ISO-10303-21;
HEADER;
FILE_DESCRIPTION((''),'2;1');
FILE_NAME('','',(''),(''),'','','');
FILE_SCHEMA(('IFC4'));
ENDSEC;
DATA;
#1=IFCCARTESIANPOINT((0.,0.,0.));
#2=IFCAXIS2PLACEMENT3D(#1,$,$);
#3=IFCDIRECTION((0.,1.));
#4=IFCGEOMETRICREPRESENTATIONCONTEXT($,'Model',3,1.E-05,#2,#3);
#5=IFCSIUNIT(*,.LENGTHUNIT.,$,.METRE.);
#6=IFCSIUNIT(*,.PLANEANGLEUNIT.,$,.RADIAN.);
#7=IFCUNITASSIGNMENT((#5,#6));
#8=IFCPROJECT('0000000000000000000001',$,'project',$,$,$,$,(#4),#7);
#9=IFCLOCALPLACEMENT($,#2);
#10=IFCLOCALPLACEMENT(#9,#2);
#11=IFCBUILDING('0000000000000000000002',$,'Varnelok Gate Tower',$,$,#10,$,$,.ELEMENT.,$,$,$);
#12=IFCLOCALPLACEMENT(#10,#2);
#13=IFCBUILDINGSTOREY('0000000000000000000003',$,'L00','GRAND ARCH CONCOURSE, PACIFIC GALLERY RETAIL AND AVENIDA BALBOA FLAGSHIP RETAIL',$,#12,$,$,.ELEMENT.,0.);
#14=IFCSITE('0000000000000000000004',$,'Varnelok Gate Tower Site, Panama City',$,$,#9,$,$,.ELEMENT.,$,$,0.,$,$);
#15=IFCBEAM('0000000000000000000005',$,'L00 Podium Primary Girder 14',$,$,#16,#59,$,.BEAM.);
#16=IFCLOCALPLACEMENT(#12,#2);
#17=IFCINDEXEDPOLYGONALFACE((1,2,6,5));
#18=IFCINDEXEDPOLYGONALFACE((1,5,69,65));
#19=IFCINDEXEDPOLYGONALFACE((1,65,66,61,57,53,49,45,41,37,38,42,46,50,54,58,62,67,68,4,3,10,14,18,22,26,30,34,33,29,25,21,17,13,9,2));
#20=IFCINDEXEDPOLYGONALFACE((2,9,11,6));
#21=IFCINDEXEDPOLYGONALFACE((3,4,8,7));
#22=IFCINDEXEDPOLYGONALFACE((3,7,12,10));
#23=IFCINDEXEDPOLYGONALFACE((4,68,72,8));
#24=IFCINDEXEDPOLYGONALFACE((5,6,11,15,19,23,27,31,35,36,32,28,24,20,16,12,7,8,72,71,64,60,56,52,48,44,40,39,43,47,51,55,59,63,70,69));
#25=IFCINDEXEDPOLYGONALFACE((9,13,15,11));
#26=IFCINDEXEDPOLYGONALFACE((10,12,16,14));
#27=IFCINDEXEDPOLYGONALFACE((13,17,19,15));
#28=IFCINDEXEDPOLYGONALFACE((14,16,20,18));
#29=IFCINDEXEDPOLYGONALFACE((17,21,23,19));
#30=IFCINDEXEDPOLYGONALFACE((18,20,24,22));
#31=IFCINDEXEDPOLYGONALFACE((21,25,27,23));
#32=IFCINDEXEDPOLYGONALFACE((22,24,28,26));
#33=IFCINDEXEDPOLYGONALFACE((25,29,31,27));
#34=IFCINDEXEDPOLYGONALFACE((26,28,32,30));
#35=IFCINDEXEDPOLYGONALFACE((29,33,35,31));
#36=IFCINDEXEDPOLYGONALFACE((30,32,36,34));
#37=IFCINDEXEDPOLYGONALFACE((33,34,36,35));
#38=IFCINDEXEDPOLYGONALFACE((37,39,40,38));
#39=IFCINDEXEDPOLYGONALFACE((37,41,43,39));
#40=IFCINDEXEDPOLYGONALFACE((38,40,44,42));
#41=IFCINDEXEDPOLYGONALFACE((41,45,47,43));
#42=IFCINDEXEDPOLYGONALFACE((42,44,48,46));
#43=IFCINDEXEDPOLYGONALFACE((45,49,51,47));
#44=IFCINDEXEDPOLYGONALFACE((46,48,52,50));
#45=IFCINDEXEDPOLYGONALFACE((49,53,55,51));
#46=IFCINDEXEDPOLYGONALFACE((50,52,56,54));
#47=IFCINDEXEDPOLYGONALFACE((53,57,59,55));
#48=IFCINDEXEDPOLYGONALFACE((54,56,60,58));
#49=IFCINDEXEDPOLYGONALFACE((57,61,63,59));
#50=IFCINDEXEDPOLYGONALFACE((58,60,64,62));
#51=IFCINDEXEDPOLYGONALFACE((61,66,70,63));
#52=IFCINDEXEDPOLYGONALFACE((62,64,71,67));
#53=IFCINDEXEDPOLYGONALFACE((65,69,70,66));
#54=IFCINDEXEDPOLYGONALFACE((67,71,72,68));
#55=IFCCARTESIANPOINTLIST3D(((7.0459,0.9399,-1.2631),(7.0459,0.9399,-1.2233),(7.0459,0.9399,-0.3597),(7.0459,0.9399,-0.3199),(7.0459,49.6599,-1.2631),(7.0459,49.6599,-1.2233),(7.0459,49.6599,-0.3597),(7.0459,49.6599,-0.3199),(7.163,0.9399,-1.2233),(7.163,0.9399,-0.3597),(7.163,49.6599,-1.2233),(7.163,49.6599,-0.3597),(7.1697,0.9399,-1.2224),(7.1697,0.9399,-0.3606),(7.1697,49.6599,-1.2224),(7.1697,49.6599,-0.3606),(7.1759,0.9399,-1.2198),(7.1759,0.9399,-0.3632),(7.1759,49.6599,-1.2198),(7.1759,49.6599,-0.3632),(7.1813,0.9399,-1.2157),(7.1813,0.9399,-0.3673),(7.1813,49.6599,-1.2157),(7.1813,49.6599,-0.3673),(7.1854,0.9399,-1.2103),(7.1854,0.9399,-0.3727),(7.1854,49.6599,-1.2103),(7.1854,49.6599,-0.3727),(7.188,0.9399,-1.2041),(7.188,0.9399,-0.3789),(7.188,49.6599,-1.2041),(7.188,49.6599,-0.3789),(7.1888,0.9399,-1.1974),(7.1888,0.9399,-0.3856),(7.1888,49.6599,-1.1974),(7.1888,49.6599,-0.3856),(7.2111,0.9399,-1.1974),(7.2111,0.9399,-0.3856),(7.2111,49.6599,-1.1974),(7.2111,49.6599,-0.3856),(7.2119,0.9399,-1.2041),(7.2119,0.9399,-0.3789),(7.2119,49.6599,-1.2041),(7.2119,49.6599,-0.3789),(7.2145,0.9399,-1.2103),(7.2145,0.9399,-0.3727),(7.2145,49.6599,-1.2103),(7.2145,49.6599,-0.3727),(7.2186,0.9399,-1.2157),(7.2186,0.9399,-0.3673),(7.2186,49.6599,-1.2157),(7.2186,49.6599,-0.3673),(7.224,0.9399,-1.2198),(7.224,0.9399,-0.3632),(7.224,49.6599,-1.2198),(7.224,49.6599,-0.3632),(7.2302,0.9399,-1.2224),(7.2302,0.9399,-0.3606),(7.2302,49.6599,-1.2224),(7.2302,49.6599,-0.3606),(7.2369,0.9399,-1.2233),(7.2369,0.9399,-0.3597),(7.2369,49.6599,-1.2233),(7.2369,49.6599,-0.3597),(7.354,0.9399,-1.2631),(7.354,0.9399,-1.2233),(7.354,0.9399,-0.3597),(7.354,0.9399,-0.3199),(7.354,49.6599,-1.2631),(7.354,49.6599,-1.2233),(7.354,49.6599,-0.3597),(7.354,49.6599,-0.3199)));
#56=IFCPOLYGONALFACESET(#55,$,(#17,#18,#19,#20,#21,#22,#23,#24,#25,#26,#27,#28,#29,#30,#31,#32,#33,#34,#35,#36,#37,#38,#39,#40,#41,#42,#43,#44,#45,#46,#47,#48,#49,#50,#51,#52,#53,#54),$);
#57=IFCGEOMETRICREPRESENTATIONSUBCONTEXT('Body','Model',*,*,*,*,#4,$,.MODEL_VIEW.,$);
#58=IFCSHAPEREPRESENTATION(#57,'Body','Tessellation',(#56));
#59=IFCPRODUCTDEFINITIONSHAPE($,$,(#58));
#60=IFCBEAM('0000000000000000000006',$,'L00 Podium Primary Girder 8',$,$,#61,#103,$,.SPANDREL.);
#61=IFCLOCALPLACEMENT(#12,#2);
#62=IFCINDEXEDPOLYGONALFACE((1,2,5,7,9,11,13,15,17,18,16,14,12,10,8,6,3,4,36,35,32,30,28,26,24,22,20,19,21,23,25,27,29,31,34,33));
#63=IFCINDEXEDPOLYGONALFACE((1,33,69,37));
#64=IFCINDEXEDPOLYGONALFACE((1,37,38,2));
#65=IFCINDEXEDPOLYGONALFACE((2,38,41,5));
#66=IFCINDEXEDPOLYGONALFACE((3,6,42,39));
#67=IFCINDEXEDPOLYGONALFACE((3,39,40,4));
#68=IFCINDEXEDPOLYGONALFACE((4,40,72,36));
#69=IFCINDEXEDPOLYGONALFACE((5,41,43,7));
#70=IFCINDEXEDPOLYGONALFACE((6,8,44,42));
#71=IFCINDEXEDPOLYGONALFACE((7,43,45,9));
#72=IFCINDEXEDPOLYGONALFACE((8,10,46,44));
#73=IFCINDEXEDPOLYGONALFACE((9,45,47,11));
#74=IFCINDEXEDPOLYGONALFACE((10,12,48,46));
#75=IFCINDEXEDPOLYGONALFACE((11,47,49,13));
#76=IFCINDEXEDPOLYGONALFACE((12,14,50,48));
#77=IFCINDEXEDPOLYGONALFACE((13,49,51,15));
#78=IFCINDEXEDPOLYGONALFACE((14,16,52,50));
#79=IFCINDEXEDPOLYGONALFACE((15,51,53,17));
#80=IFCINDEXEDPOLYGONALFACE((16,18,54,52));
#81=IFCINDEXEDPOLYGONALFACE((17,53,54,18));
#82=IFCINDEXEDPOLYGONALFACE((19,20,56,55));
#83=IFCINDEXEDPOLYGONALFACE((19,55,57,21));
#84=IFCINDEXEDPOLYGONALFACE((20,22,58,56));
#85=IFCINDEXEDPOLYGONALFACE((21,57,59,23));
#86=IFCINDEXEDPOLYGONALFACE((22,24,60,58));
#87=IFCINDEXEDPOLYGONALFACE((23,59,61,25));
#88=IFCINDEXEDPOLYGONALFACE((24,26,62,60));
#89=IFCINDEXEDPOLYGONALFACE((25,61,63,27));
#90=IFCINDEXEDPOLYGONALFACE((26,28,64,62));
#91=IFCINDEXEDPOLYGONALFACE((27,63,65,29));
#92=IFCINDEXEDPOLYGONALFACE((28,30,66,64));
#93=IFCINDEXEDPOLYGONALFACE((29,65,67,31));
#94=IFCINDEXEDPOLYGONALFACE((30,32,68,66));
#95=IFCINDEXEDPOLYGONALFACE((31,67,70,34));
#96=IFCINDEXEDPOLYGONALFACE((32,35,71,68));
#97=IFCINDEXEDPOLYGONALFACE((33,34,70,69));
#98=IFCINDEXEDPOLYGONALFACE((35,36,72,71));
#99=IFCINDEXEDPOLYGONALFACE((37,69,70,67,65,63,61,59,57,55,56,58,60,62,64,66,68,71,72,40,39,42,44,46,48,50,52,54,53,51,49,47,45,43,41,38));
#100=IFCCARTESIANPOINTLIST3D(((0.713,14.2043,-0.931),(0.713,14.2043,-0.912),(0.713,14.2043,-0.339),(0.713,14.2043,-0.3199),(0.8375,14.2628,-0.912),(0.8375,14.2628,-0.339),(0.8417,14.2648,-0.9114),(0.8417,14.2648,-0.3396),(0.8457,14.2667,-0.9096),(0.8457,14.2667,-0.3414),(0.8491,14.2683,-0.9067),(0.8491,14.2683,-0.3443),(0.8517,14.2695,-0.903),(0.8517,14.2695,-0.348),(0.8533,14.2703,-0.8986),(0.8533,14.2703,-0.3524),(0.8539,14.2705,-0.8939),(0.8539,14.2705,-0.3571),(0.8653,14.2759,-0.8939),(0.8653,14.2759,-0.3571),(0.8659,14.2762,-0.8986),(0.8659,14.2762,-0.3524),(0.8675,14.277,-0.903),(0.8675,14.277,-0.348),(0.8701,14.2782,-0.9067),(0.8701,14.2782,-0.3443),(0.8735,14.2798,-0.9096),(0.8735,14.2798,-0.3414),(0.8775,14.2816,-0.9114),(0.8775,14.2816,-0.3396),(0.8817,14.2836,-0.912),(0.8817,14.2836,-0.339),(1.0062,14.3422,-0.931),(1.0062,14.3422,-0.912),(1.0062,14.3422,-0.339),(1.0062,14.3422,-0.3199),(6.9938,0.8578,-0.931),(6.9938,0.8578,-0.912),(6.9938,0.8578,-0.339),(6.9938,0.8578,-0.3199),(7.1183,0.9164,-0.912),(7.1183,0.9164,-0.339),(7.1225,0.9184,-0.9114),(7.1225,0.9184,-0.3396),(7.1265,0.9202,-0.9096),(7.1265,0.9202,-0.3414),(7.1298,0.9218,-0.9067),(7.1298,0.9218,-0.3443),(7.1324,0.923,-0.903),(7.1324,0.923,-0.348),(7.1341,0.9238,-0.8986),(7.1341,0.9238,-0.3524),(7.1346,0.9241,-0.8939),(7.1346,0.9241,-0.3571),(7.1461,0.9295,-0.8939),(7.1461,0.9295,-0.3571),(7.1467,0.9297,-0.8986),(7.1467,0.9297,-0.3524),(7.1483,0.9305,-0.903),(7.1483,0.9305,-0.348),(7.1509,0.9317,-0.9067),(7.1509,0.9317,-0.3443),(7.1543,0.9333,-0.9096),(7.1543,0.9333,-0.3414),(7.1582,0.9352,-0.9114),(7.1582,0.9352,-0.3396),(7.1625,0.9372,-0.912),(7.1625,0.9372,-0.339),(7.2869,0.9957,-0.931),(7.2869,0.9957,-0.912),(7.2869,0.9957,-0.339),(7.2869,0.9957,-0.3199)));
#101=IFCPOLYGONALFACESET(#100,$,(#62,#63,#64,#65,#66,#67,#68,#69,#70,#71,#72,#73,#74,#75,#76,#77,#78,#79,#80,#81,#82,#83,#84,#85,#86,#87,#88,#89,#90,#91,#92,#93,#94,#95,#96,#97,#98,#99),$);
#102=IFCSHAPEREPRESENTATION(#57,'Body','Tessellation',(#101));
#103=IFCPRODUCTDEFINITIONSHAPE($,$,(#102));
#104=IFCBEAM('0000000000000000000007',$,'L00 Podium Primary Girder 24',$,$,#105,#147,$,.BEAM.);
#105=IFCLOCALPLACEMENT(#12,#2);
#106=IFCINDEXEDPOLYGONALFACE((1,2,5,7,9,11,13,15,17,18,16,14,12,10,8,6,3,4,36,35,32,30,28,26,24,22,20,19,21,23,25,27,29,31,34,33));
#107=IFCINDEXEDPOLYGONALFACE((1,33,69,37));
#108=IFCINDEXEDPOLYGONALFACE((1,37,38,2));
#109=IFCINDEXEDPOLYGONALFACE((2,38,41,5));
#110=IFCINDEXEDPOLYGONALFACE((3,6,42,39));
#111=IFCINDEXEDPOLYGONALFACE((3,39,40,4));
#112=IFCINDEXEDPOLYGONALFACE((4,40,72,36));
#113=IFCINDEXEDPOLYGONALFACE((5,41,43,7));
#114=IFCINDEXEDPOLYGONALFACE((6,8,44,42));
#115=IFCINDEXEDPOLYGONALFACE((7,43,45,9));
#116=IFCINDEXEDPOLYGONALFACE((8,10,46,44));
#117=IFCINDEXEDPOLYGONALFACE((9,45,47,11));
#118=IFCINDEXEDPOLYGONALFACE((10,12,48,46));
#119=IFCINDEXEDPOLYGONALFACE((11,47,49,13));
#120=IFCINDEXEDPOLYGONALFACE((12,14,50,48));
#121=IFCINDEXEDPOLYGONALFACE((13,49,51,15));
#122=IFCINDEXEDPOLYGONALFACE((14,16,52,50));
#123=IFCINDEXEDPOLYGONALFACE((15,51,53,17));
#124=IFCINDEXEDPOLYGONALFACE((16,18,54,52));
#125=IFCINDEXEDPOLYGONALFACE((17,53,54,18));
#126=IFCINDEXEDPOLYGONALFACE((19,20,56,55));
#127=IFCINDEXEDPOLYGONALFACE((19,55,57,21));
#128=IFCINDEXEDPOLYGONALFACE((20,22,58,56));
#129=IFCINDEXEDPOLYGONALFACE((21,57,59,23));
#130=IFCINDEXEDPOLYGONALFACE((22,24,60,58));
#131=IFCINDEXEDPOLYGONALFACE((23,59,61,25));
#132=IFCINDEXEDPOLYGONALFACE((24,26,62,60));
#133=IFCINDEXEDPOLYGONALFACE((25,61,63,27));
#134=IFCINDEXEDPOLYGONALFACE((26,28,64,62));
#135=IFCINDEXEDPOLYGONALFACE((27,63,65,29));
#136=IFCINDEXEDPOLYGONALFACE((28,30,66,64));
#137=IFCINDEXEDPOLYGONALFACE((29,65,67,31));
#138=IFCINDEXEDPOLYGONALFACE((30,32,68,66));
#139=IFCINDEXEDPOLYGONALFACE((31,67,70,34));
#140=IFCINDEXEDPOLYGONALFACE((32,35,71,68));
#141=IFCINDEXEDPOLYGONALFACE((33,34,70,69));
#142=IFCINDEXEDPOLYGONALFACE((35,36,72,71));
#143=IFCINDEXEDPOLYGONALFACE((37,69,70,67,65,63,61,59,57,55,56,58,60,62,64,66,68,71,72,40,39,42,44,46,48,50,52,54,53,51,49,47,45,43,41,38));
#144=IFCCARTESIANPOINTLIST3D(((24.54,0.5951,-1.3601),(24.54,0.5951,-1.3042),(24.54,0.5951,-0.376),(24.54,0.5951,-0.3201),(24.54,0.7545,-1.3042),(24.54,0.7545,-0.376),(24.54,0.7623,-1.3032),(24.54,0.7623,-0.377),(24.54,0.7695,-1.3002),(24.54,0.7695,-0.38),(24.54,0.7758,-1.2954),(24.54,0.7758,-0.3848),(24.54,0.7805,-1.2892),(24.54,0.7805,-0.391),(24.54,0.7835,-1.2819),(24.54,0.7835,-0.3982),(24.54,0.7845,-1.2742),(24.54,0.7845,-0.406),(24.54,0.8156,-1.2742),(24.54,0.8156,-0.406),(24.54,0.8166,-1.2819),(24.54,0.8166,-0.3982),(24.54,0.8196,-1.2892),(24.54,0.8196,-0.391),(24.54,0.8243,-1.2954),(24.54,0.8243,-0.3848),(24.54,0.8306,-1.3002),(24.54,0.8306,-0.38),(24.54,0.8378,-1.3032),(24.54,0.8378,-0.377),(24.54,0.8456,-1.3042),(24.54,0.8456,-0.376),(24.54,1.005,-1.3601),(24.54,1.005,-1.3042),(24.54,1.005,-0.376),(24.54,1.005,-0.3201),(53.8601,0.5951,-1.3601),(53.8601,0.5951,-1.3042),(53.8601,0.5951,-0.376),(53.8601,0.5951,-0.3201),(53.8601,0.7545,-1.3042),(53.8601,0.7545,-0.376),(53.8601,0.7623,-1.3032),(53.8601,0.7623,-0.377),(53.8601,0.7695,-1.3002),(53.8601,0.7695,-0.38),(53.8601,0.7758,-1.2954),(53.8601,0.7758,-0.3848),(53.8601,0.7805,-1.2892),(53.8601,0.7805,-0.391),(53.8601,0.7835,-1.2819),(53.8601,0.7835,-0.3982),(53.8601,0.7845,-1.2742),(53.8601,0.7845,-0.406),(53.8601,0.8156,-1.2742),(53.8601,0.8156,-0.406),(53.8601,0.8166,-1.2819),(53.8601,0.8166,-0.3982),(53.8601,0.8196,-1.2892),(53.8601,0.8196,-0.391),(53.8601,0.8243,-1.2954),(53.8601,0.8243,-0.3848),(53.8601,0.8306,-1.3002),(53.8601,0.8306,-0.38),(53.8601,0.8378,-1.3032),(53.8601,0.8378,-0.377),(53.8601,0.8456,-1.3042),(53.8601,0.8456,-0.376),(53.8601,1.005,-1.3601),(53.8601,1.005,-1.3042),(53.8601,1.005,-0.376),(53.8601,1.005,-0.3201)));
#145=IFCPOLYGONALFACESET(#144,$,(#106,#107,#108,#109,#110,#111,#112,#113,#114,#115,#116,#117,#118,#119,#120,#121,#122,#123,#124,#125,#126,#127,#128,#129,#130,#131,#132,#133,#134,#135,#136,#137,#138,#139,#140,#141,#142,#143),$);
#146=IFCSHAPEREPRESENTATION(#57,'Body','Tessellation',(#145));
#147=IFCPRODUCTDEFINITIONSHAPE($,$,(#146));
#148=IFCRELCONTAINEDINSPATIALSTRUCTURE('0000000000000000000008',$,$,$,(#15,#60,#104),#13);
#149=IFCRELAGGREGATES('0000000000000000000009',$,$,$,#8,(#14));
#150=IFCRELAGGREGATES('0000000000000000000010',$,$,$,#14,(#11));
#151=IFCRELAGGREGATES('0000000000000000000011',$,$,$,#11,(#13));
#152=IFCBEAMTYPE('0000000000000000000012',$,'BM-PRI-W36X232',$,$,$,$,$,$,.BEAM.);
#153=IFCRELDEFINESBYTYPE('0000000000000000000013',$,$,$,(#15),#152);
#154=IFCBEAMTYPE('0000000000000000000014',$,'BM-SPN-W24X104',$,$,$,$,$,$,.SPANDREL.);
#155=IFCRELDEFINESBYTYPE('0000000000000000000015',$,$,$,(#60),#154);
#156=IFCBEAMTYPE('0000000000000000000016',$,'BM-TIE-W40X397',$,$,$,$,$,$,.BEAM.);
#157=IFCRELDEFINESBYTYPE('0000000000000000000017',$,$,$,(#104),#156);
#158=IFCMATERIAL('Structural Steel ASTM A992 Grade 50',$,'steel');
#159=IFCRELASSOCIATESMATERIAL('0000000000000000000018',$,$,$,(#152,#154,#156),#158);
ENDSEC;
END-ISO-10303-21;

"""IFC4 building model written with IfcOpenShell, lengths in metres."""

from ifc_helpers import new_model, si_unit, direction, frame, origin, origin_2d, place, context, subcontext, project, spatial, i_section, extrude, material, material_profile, profile_set, type_object, element, save


model = new_model("IFC4")

# Units and contexts
model_context = context("Model", 3, precision=1e-05, world=origin(), true_north=direction((0.0, 1.0)))
body_context = subcontext(model_context, "Body", "Model", "MODEL_VIEW")
ifc_project = project(units=[si_unit("LENGTHUNIT", "METRE"), si_unit("PLANEANGLEUNIT", "RADIAN")], contexts=[model_context])

# Site, building, storey
site_placement = place(None, origin())
site = spatial("IfcSite", under=ifc_project, at=site_placement, Name="Varnelok Gate Tower Site, Panama City", CompositionType="ELEMENT", RefElevation=0.0)
building_placement = place(site_placement, origin())
building = spatial("IfcBuilding", under=site, at=building_placement, Name="Varnelok Gate Tower", CompositionType="ELEMENT")
storey_placement = place(building_placement, origin())
storey = spatial("IfcBuildingStorey", under=building, at=storey_placement, Name="L00", Description="GRAND ARCH CONCOURSE, PACIFIC GALLERY RETAIL AND AVENIDA BALBOA FLAGSHIP RETAIL", CompositionType="ELEMENT", Elevation=0.0)

# Beams
ifc_material_1 = material(Name="Structural Steel ASTM A992 Grade 50", Category="steel")
ifc_material_profile_1 = material_profile(ifc_material_1, i_section(OverallWidth=0.3081, OverallDepth=0.9431, WebThickness=0.0222, FlangeThickness=0.0398, FilletRadius=0.0259, at=origin_2d()), Name="W36X232")
ifc_profile_set_1 = profile_set([ifc_material_profile_1], Name="Structural Steel ASTM A992 Grade 50")
beam_type_1 = type_object("IfcBeamType", Name="BM-PRI-W36X232", PredefinedType="BEAM", material=ifc_profile_set_1)
beam_1_placement = place(storey_placement, frame((7.2, 0.9399, -0.7915), z_axis=(0.0, 1.0, 0.0), x_axis=(-1.0, 0.0, 0.0)))
element("IfcBeam", 1, at=beam_1_placement, inside=storey, type_object=beam_type_1, Name="L00 Podium Primary Girder 14", PredefinedType="BEAM", context=body_context, shape_type="SweptSolid", body=[
    extrude(i_section(OverallWidth=0.3081, OverallDepth=0.9431, WebThickness=0.0222, FlangeThickness=0.0398, FilletRadius=0.0259, at=origin_2d()), origin(), (0.0, 0.0, 1.0), 48.72),
])
ifc_material_profile_2 = material_profile(ifc_material_1, i_section(OverallWidth=0.324, OverallDepth=0.6111, WebThickness=0.0127, FlangeThickness=0.019, FilletRadius=0.0181, at=origin_2d()), Name="W24X104")
ifc_profile_set_2 = profile_set([ifc_material_profile_2], Name="Structural Steel ASTM A992 Grade 50")
beam_type_2 = type_object("IfcBeamType", Name="BM-SPN-W24X104", PredefinedType="SPANDREL", material=ifc_profile_set_2)
beam_2_placement = place(storey_placement, frame((7.1404, 0.9268, -0.6255), z_axis=(-0.425802, 0.904816, 0.0), x_axis=(-0.904816, -0.425802, 0.0)))
element("IfcBeam", 2, at=beam_2_placement, inside=storey, type_object=beam_type_2, Name="L00 Podium Primary Girder 8", PredefinedType="SPANDREL", context=body_context, shape_type="SweptSolid", body=[
    extrude(i_section(OverallWidth=0.324, OverallDepth=0.6111, WebThickness=0.0127, FlangeThickness=0.019, FilletRadius=0.0181, at=origin_2d()), origin(), (0.0, 0.0, 1.0), 14.7505),
])
ifc_material_profile_3 = material_profile(ifc_material_1, i_section(OverallWidth=0.4099, OverallDepth=1.04, WebThickness=0.031, FlangeThickness=0.0559, FilletRadius=0.03, at=origin_2d()), Name="W40X397")
ifc_profile_set_3 = profile_set([ifc_material_profile_3], Name="Structural Steel ASTM A992 Grade 50")
beam_type_3 = type_object("IfcBeamType", Name="BM-TIE-W40X397", PredefinedType="BEAM", material=ifc_profile_set_3)
beam_3_placement = place(storey_placement, frame((24.54, 0.8, -0.8401), z_axis=(1.0, 0.0, 0.0), x_axis=(0.0, 1.0, 0.0)))
element("IfcBeam", 3, at=beam_3_placement, inside=storey, type_object=beam_type_3, Name="L00 Podium Primary Girder 24", PredefinedType="BEAM", context=body_context, shape_type="SweptSolid", body=[
    extrude(i_section(OverallWidth=0.4099, OverallDepth=1.04, WebThickness=0.031, FlangeThickness=0.0559, FilletRadius=0.03, at=origin_2d()), origin(), (0.0, 0.0, 1.0), 29.3201),
])

save(model, "model.ifc")
